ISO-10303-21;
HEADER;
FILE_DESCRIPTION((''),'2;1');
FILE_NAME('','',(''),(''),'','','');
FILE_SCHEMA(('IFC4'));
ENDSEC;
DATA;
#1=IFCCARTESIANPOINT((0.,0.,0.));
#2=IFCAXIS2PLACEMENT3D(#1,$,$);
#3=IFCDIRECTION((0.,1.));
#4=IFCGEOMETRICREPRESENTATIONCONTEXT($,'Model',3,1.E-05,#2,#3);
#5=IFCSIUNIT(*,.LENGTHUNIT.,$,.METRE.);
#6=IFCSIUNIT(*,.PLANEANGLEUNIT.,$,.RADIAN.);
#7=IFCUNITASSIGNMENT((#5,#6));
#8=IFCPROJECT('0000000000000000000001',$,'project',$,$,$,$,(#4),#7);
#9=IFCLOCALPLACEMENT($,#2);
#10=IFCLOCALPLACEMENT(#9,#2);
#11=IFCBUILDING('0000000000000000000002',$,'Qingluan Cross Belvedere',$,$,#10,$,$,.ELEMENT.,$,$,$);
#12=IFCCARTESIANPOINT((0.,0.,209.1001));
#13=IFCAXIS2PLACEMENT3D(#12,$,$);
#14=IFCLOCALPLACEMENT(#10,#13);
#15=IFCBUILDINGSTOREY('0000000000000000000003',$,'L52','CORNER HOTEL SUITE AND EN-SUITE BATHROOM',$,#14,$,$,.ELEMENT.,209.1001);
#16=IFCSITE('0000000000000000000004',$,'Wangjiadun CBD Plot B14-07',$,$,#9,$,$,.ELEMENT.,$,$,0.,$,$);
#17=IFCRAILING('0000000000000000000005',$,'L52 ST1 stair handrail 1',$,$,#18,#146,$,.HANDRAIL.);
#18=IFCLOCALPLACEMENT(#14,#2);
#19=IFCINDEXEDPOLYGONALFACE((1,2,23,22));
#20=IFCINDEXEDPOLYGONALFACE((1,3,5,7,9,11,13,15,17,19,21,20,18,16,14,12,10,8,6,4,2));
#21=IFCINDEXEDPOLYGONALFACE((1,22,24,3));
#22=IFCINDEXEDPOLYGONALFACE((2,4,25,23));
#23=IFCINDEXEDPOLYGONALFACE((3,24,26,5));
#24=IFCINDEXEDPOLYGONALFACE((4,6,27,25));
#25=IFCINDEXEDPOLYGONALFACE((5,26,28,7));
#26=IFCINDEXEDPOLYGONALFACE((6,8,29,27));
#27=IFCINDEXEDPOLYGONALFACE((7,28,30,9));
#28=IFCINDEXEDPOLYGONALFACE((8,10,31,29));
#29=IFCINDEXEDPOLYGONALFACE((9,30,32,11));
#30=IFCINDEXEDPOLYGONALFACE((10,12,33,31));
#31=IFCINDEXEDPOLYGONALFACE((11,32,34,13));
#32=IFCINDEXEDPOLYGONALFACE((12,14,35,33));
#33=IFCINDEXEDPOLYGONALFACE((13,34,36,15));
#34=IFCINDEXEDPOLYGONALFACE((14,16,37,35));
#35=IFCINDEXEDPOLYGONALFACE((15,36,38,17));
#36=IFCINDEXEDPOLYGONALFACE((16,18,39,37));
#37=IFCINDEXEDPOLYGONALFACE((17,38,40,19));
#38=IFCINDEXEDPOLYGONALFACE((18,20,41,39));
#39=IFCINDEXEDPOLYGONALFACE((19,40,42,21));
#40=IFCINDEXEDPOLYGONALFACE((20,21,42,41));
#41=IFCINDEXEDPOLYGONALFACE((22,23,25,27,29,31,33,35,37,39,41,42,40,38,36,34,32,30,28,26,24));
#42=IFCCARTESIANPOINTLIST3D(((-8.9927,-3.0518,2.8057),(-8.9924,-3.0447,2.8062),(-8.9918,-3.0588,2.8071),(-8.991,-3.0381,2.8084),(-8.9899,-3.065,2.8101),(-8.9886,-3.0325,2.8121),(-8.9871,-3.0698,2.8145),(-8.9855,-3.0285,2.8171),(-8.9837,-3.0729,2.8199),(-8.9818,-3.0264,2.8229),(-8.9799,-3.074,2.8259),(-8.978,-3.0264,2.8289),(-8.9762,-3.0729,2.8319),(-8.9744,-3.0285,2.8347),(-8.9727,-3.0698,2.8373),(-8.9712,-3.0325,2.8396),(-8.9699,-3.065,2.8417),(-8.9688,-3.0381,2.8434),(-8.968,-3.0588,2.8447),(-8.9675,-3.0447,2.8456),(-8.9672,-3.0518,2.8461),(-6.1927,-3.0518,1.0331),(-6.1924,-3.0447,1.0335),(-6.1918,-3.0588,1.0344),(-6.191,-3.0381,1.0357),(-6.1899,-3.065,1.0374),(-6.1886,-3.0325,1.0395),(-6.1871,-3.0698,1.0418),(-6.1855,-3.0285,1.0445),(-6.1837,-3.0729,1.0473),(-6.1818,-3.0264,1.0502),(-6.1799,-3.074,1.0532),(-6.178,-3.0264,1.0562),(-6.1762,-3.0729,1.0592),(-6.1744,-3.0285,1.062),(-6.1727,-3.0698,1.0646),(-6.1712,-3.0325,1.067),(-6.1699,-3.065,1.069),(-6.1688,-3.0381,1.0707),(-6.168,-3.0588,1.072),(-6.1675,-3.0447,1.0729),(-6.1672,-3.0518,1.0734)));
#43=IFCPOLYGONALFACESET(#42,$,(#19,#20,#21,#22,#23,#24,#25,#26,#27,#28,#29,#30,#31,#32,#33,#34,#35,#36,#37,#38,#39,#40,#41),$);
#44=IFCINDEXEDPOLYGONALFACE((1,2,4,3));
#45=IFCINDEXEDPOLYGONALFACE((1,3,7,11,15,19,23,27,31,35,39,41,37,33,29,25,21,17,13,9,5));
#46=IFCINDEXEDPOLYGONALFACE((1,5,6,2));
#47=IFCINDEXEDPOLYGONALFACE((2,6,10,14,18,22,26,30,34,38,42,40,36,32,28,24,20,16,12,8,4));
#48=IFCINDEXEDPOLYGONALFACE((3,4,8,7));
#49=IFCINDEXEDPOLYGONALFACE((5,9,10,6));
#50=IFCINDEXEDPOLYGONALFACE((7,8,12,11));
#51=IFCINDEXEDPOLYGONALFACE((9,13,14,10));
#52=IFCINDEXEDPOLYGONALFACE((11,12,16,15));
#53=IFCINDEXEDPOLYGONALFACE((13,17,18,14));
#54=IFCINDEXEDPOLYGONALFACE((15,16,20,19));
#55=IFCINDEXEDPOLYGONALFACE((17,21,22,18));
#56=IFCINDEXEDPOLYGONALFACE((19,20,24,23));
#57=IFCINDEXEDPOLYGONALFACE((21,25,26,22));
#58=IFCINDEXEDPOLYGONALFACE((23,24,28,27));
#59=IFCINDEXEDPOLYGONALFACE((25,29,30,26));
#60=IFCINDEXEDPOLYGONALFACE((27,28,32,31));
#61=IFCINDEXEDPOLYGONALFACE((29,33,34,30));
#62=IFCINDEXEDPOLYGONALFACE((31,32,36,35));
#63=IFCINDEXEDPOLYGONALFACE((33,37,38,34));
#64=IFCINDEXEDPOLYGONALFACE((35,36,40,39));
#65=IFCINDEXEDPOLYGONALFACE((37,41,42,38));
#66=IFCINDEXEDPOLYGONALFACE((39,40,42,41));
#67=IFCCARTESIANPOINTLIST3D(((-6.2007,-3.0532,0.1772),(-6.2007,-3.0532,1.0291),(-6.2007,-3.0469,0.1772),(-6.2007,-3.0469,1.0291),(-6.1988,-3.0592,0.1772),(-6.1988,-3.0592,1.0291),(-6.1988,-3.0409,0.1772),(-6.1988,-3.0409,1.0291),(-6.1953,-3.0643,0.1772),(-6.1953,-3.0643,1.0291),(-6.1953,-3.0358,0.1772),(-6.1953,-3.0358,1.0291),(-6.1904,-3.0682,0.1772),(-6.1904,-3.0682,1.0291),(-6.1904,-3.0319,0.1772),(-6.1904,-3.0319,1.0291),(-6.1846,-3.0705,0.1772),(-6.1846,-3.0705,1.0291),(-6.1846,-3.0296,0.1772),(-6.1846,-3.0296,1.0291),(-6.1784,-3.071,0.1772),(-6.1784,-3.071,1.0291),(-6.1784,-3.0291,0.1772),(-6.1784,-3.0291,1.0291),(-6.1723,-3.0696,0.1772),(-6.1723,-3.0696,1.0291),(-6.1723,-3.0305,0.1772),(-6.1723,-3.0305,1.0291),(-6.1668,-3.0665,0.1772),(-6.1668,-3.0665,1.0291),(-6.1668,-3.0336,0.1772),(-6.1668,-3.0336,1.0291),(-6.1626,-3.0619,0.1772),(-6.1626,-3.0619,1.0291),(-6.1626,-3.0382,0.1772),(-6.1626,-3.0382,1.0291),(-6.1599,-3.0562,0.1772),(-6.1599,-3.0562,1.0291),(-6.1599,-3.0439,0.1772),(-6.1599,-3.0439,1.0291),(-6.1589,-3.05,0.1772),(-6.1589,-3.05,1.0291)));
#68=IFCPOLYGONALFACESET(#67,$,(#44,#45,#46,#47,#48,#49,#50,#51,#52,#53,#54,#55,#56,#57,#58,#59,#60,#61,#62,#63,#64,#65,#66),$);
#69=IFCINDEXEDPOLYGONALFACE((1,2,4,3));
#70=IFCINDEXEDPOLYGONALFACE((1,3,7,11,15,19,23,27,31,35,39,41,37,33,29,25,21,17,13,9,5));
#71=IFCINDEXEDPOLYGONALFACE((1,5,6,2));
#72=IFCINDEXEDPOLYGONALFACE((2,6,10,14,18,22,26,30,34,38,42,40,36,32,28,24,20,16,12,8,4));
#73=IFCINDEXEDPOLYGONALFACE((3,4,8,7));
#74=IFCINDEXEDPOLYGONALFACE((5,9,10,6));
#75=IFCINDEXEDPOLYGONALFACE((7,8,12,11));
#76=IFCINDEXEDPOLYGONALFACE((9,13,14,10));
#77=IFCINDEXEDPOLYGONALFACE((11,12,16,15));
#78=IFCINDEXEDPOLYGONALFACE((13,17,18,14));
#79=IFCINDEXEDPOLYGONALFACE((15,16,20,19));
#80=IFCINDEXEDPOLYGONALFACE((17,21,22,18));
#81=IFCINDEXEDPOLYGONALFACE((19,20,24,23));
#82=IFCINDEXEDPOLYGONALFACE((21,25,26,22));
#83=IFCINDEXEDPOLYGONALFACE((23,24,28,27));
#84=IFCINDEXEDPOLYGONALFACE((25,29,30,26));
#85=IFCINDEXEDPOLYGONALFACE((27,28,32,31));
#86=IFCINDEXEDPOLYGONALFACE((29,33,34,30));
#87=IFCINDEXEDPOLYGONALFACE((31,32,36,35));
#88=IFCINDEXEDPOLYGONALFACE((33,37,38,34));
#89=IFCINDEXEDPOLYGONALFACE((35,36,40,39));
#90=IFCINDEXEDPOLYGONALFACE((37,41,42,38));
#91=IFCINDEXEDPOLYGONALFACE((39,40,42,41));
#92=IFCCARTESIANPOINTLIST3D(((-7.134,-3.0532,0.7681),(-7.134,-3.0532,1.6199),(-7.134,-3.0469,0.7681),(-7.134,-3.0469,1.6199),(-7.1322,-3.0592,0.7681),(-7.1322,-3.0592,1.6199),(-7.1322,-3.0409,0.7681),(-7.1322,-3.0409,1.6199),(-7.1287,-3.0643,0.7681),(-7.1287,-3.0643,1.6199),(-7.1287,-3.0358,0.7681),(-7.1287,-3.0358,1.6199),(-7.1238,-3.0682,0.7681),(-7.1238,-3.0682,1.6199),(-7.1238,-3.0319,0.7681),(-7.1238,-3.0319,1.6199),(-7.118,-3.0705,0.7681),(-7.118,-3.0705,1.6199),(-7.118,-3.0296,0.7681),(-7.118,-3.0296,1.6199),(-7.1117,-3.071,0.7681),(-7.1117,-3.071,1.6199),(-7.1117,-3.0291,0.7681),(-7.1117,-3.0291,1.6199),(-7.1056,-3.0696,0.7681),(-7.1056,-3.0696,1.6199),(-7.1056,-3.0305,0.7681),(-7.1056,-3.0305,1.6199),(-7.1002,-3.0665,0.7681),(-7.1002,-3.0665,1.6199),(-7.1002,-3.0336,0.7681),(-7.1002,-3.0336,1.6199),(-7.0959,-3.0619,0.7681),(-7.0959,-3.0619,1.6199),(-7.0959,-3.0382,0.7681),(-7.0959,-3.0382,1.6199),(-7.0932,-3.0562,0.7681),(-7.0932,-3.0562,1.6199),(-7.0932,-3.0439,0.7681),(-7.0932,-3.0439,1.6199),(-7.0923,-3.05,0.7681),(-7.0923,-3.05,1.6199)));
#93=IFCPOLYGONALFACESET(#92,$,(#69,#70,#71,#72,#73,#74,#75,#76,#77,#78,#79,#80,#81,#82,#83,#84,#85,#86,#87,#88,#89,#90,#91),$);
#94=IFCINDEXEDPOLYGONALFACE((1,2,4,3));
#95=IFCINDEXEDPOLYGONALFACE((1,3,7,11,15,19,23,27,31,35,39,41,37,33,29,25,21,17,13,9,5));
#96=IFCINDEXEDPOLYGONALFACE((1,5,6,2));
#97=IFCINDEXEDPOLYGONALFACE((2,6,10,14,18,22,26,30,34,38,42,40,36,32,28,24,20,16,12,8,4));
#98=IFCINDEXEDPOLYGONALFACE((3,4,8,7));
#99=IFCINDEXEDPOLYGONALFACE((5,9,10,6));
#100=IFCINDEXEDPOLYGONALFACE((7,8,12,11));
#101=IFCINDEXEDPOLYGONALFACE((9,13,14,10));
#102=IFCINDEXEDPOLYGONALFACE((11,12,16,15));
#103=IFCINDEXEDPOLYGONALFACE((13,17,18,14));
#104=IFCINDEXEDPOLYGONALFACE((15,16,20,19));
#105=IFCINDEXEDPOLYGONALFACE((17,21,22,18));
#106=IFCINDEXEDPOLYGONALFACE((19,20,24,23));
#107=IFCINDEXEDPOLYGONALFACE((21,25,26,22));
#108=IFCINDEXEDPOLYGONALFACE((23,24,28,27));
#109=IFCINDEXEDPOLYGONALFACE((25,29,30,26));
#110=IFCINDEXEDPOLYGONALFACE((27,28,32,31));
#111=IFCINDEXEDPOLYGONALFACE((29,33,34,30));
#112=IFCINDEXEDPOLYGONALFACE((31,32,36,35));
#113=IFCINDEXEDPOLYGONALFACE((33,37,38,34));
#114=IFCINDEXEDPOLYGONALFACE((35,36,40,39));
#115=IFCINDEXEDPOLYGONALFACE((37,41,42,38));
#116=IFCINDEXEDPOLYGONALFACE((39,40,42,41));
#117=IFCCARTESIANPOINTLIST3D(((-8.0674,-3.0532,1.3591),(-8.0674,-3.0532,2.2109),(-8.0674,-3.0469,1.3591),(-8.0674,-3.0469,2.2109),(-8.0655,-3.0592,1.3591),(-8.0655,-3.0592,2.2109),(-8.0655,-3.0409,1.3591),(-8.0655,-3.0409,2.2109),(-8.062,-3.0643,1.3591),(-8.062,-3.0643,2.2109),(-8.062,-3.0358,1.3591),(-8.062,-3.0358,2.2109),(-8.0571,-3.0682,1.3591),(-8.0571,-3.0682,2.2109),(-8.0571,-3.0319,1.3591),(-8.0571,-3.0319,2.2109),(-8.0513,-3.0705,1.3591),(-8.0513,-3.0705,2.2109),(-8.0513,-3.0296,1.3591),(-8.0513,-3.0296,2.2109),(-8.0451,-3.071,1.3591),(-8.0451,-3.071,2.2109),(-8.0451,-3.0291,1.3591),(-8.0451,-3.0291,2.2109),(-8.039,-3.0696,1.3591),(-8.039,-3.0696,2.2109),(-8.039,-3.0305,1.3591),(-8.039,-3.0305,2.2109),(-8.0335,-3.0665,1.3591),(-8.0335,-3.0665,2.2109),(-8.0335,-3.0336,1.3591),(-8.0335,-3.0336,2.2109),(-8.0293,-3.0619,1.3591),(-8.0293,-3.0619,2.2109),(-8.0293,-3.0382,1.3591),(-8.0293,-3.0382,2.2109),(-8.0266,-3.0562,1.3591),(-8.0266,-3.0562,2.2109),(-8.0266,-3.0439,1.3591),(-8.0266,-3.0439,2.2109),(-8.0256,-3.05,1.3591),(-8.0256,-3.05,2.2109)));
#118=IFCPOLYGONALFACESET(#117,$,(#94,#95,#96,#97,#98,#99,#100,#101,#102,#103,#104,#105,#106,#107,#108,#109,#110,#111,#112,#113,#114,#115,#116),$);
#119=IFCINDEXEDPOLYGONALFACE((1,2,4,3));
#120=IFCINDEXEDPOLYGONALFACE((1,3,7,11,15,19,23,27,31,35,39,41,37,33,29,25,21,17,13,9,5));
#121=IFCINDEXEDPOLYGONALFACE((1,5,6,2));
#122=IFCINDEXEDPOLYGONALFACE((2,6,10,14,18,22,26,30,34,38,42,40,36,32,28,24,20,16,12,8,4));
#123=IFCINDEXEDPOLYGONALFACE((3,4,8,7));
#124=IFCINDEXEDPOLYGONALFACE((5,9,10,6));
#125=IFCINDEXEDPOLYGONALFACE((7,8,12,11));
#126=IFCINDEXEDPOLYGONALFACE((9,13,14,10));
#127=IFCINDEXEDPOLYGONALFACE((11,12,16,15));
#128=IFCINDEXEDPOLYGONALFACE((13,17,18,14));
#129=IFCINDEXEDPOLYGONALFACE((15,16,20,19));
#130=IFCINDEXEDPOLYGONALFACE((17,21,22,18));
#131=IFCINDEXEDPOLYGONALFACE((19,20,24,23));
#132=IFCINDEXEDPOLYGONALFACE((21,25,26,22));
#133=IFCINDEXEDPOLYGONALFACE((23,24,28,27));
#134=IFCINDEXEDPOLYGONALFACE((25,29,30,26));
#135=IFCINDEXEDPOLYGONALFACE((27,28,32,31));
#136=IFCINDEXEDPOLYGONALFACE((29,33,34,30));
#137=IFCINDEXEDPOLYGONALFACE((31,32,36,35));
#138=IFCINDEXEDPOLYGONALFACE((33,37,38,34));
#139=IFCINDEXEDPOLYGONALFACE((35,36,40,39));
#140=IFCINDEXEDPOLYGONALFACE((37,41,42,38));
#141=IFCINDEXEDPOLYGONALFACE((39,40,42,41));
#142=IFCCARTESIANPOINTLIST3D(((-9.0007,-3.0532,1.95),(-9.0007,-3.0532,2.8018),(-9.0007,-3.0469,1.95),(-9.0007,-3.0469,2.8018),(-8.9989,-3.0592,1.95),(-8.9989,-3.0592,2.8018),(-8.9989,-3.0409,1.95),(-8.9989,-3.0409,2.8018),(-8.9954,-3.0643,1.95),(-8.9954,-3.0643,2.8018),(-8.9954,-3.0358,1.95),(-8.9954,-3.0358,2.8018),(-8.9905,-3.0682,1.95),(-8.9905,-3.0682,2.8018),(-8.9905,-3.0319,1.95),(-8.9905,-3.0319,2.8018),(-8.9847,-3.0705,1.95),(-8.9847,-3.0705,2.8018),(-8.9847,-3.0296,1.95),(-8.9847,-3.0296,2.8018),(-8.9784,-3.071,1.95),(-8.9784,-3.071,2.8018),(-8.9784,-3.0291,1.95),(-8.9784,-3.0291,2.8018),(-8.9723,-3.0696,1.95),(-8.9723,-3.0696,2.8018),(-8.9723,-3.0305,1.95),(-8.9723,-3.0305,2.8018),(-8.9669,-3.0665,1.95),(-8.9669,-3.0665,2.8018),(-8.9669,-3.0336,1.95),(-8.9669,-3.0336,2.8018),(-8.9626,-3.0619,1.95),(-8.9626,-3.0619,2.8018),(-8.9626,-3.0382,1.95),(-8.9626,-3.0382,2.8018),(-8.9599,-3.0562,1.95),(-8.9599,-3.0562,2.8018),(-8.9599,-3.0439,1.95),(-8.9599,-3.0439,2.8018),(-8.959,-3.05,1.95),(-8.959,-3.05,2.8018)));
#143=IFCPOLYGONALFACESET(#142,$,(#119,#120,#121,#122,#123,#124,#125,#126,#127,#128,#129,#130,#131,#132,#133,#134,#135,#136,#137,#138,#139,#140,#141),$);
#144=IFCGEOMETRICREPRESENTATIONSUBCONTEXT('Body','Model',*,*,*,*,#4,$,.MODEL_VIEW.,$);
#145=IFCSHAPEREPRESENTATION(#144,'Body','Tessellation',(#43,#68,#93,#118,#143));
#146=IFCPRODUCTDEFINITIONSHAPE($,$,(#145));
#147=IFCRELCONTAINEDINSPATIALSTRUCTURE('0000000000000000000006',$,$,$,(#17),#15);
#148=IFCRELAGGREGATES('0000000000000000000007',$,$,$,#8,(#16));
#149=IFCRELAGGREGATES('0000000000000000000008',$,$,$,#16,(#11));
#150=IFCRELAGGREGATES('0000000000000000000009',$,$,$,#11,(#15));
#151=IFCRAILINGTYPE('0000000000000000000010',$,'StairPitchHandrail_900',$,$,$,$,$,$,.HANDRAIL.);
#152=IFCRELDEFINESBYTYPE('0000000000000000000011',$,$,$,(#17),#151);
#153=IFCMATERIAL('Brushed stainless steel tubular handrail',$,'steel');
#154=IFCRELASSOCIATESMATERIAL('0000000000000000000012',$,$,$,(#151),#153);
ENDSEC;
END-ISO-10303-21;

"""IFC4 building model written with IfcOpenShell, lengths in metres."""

from ifc_helpers import new_model, si_unit, direction, frame, origin, origin_2d, place, context, subcontext, project, spatial, circle, extrude, material, type_object, element, save


model = new_model("IFC4")

# Units and contexts
model_context = context("Model", 3, precision=1e-05, world=origin(), true_north=direction((0.0, 1.0)))
body_context = subcontext(model_context, "Body", "Model", "MODEL_VIEW")
ifc_project = project(units=[si_unit("LENGTHUNIT", "METRE"), si_unit("PLANEANGLEUNIT", "RADIAN")], contexts=[model_context])

# Site, building, storey
site_placement = place(None, origin())
site = spatial("IfcSite", under=ifc_project, at=site_placement, Name="Wangjiadun CBD Plot B14-07", CompositionType="ELEMENT", RefElevation=0.0)
building_placement = place(site_placement, origin())
building = spatial("IfcBuilding", under=site, at=building_placement, Name="Qingluan Cross Belvedere", CompositionType="ELEMENT")
storey_placement = place(building_placement, frame((0.0, 0.0, 209.1001)))
storey = spatial("IfcBuildingStorey", under=building, at=storey_placement, Name="L52", Description="CORNER HOTEL SUITE AND EN-SUITE BATHROOM", CompositionType="ELEMENT", Elevation=209.1001)

# Railing
ifc_material_1 = material(Name="Brushed stainless steel tubular handrail", Category="steel")
railing_type_1 = type_object("IfcRailingType", Name="StairPitchHandrail_900", PredefinedType="HANDRAIL", material=ifc_material_1)
railing_1_placement = place(storey_placement, frame((-6.1799, -3.05, 0.1772)))
element("IfcRailing", 1, at=railing_1_placement, inside=storey, type_object=railing_type_1, Name="L52 ST1 stair handrail 1", PredefinedType="HANDRAIL", context=body_context, shape_type="SweptSolid", body=[
    extrude(circle(Radius=0.0239, at=origin_2d()), frame((0.0, 0.0, 0.876), z_axis=(-0.844909, 0.0, 0.53491), x_axis=(0.0, -1.0, 0.0)), (0.0, 0.0, 1.0), 3.314),
    extrude(circle(Radius=0.021, at=origin_2d()), origin(), (0.0, 0.0, 1.0), 0.8518),
    extrude(circle(Radius=0.021, at=origin_2d()), frame((-0.9333, 0.0, 0.5908)), (0.0, 0.0, 1.0), 0.8518),
    extrude(circle(Radius=0.021, at=origin_2d()), frame((-1.8667, 0.0, 1.1819)), (0.0, 0.0, 1.0), 0.8518),
    extrude(circle(Radius=0.021, at=origin_2d()), frame((-2.8, 0.0, 1.7727)), (0.0, 0.0, 1.0), 0.8518),
])

save(model, "model.ifc")
